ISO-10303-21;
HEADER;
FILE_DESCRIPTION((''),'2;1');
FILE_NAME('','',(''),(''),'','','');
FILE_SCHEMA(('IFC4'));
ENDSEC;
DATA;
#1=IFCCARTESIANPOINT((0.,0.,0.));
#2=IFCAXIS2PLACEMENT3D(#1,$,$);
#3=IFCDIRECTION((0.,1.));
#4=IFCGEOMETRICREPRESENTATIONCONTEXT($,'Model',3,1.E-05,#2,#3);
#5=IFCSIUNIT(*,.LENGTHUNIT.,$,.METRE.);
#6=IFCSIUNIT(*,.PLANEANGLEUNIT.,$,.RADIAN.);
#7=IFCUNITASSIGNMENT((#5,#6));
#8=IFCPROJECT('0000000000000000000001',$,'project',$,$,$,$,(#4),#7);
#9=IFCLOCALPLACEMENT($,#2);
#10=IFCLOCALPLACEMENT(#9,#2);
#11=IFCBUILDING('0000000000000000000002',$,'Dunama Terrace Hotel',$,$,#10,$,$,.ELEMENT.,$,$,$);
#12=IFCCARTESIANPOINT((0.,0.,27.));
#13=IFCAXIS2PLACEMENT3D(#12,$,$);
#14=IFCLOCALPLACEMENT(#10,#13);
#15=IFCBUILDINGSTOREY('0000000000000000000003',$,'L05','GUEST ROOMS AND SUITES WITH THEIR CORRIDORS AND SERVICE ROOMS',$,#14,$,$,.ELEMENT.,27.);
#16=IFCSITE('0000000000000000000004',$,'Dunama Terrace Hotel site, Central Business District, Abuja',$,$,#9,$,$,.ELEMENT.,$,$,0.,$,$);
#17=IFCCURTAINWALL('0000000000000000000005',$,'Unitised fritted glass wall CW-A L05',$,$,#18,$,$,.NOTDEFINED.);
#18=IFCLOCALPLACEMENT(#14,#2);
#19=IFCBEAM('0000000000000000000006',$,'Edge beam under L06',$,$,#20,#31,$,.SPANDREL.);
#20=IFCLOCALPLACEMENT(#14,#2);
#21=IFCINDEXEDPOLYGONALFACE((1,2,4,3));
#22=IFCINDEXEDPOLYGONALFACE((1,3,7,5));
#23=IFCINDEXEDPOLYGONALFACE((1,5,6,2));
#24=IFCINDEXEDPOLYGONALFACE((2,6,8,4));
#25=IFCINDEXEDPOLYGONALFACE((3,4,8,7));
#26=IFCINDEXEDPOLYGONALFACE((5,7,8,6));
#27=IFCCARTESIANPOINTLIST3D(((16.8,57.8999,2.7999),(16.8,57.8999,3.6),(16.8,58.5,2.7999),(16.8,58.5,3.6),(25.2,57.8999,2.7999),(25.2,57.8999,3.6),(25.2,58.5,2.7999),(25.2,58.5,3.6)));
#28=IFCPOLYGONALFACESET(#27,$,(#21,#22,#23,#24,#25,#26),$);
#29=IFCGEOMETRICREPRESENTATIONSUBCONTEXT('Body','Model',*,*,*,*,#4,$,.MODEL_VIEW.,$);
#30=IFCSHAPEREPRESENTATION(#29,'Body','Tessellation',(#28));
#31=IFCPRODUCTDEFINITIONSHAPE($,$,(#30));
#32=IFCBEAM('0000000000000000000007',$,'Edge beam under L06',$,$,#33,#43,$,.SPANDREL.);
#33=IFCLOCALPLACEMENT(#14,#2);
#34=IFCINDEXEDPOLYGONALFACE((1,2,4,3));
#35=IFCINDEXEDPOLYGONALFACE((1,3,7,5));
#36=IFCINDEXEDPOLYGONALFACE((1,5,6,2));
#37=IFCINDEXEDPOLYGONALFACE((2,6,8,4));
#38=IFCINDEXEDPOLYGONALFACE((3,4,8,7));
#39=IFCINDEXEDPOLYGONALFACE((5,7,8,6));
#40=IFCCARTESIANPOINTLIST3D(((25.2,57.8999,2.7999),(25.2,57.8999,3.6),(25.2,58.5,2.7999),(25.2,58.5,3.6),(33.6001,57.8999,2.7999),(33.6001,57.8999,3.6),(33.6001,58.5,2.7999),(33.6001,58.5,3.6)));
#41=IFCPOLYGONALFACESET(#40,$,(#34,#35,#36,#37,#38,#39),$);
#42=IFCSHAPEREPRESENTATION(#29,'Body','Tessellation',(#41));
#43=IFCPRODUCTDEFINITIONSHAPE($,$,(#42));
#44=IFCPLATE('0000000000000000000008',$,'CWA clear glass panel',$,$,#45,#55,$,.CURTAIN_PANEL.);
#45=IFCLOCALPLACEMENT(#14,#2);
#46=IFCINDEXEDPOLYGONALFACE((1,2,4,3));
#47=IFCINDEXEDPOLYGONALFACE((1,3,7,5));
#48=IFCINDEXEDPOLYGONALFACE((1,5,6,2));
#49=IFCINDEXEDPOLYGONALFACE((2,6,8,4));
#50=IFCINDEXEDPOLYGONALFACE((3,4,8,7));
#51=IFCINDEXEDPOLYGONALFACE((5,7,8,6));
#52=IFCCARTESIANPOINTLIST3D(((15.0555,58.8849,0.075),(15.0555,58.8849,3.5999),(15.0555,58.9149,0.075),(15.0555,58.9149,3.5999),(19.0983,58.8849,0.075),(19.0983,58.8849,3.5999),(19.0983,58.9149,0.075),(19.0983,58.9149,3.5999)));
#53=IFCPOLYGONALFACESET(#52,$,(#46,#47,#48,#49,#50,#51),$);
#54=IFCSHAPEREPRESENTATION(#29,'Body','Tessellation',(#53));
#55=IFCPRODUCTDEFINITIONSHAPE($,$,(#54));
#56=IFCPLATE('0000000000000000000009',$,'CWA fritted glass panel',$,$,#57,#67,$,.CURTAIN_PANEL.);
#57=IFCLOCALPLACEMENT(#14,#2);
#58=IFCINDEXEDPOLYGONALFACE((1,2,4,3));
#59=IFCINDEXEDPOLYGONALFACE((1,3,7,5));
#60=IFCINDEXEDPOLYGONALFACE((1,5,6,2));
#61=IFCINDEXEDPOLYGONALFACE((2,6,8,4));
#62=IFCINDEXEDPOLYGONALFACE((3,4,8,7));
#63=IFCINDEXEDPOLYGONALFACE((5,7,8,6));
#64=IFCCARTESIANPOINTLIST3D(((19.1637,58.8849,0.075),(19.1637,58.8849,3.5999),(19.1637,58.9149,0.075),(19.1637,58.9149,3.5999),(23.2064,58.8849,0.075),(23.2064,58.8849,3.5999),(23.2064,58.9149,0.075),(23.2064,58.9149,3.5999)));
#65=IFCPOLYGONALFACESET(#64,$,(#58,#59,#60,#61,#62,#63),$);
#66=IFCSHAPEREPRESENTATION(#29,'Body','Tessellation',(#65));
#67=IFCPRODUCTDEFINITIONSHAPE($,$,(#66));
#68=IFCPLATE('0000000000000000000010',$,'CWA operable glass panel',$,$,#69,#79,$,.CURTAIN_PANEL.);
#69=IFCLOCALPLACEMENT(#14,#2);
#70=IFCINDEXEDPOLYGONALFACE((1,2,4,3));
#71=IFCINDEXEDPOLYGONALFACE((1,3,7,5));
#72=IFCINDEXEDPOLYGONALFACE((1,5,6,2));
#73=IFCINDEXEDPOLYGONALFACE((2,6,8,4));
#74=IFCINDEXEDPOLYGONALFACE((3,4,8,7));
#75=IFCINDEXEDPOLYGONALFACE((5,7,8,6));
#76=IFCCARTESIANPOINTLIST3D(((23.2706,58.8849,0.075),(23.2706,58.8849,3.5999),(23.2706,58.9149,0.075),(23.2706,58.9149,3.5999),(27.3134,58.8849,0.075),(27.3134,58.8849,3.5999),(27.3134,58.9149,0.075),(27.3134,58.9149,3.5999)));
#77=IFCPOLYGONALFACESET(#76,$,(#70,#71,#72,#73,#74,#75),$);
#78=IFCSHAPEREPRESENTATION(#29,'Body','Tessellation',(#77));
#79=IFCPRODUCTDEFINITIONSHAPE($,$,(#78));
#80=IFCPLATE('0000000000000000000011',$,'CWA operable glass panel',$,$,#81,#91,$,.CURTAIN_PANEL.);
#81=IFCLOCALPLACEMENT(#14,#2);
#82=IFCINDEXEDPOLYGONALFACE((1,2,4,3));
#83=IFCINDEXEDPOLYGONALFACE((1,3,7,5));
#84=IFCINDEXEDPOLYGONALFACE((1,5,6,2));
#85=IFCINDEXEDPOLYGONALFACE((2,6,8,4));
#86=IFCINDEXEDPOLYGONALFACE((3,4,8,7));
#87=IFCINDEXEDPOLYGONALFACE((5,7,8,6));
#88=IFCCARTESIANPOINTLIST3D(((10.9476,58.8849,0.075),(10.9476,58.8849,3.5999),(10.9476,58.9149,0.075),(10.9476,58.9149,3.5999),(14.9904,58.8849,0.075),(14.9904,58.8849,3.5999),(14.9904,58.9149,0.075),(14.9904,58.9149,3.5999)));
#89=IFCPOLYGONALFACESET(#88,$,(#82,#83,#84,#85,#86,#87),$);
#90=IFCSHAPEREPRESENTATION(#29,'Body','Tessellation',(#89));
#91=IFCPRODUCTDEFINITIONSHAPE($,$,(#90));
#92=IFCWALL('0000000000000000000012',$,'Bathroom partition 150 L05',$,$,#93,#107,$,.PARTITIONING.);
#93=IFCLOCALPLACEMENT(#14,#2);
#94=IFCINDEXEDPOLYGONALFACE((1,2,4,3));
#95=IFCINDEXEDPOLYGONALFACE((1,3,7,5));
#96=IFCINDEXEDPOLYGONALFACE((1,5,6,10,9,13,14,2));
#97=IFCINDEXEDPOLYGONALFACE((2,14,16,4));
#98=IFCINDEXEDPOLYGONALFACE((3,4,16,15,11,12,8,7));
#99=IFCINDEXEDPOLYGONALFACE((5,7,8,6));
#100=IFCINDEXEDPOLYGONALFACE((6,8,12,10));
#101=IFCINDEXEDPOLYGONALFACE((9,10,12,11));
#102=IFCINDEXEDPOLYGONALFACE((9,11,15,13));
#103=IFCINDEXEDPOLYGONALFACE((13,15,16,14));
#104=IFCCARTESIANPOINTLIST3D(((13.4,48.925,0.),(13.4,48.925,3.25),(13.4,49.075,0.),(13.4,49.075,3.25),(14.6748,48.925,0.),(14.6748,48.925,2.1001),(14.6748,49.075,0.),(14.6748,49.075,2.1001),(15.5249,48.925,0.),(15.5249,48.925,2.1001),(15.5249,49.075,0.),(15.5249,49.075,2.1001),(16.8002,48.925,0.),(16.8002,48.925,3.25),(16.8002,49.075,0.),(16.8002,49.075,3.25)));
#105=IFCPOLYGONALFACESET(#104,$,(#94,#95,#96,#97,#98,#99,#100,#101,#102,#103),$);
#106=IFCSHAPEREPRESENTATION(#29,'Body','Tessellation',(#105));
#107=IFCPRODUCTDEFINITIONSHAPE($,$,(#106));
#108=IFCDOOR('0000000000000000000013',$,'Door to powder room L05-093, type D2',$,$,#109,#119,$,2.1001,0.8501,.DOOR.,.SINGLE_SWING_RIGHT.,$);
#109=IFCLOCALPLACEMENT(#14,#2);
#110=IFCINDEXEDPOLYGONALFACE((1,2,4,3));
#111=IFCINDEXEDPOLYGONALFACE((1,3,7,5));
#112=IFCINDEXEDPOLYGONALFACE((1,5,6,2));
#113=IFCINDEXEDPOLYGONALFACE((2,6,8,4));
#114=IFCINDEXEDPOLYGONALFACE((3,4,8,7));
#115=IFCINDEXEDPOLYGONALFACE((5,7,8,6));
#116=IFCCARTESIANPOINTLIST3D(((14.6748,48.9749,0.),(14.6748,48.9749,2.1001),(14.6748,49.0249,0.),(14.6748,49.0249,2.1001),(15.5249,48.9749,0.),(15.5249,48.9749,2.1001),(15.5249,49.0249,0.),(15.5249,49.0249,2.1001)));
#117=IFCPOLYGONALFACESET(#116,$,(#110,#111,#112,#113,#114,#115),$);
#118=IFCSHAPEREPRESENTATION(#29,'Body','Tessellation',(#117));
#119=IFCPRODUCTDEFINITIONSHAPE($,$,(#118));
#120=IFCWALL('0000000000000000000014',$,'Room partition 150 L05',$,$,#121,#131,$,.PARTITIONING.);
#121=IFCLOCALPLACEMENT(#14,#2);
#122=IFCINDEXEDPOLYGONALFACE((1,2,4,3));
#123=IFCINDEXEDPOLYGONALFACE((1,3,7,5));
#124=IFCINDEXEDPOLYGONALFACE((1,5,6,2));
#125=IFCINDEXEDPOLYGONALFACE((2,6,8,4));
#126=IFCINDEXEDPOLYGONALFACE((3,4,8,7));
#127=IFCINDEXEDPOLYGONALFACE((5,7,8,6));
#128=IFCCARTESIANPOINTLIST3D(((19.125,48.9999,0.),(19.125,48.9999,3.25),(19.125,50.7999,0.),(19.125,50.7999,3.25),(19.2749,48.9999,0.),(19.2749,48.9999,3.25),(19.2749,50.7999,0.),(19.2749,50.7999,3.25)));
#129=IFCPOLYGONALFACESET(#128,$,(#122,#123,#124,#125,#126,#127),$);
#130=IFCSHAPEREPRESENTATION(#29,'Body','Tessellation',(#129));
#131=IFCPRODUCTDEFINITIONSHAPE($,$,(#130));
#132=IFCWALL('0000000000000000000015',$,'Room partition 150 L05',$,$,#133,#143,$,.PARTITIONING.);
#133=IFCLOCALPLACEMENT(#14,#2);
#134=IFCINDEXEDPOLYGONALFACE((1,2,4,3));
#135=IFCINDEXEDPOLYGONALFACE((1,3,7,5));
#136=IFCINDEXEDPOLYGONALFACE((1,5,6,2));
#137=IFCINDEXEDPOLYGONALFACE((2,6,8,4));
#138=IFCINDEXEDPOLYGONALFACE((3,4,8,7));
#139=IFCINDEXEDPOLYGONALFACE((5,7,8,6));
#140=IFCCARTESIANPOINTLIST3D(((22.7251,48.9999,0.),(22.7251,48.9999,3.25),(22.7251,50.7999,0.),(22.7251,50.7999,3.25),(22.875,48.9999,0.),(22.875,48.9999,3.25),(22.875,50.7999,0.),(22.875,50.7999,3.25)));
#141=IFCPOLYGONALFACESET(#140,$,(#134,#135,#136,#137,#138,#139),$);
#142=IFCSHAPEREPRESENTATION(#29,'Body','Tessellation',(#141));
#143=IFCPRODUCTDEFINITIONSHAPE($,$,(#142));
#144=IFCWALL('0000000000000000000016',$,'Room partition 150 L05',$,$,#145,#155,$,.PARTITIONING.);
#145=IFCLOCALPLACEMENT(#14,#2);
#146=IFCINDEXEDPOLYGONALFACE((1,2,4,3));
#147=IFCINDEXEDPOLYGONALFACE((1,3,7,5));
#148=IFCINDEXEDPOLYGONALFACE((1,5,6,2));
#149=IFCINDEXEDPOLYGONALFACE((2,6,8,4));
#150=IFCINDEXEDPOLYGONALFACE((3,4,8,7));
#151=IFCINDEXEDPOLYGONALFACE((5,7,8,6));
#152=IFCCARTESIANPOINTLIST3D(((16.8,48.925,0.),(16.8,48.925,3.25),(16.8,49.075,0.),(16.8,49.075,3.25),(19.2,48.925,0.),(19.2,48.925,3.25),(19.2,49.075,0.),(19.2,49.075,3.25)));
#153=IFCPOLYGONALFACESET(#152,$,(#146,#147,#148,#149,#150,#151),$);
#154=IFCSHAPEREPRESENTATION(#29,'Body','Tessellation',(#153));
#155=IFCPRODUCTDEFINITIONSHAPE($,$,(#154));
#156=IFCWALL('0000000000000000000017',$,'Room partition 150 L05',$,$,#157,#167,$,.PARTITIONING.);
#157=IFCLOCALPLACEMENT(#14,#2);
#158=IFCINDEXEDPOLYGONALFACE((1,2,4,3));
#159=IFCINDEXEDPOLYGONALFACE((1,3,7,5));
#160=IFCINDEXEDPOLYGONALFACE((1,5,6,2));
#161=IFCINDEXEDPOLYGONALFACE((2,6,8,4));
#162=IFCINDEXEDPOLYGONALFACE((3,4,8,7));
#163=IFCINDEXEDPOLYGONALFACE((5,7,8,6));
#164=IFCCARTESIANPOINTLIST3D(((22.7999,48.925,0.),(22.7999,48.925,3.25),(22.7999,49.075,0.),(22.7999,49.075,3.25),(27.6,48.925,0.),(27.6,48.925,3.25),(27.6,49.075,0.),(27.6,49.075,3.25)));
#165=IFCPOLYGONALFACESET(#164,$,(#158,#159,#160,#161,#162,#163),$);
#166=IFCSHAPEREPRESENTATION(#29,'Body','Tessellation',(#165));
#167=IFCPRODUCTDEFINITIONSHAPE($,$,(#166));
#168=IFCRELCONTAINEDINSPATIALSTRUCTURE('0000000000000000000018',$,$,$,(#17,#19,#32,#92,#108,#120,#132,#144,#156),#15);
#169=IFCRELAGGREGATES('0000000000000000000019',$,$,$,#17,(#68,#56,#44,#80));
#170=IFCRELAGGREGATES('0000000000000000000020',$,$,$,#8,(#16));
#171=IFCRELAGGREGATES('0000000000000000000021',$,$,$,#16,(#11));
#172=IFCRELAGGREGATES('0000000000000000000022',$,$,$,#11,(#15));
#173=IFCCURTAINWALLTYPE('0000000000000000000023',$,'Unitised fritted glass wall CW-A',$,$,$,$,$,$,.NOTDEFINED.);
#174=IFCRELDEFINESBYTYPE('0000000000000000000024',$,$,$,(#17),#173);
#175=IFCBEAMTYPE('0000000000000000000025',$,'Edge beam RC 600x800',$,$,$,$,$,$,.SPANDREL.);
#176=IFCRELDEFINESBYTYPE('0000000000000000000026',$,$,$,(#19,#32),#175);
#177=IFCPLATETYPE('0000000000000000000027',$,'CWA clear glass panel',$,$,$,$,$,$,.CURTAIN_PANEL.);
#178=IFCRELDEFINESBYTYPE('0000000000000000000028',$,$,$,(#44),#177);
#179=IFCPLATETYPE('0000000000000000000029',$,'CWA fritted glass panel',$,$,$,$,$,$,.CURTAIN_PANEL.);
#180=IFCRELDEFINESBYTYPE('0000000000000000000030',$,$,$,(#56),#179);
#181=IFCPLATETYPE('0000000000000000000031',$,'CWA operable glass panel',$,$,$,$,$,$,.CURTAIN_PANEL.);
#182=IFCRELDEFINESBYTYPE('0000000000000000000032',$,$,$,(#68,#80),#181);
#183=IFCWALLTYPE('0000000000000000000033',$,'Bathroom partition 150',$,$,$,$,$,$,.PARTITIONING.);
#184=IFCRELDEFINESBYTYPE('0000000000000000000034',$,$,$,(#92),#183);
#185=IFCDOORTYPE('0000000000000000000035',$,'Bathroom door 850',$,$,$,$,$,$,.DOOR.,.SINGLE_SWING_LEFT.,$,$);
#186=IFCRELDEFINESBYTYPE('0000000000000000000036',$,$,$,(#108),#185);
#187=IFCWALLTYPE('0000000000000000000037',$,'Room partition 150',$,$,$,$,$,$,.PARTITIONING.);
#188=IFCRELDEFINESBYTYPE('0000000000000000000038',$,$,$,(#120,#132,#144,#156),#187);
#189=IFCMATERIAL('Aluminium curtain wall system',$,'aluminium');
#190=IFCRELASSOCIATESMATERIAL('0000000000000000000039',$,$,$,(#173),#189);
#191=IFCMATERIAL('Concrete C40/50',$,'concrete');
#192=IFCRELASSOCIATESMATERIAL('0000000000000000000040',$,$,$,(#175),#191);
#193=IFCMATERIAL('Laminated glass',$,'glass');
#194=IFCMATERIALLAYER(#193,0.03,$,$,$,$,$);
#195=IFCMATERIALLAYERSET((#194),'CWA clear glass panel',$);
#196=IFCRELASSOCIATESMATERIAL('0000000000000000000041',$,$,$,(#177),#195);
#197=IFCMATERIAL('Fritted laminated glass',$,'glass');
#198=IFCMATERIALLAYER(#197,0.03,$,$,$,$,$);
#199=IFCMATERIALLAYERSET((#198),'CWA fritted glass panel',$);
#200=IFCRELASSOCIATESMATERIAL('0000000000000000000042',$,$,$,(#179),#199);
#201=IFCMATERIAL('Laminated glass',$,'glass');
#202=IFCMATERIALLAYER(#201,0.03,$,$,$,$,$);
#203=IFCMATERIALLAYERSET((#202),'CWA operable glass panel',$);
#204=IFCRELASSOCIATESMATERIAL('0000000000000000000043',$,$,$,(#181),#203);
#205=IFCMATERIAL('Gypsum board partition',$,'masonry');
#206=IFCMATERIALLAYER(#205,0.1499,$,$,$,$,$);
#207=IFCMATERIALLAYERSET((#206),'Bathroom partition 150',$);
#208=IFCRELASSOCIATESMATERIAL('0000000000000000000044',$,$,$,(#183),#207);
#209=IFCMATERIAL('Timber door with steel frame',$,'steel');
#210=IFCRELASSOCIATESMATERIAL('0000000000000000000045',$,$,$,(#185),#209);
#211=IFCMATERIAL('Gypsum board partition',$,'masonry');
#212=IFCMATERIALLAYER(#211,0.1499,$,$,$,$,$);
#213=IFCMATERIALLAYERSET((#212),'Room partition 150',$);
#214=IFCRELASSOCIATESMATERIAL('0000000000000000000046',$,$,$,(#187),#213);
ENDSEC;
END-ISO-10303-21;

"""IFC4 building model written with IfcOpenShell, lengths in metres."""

from ifc_helpers import new_model, si_unit, direction, frame, frame_2d, origin, origin_2d, place, context, subcontext, project, spatial, rectangle, extrude, material, layer, layer_set, material_profile, profile_set, type_object, element, fill, aggregate, save


model = new_model("IFC4")

# Units and contexts
model_context = context("Model", 3, precision=1e-05, world=origin(), true_north=direction((0.0, 1.0)))
body_context = subcontext(model_context, "Body", "Model", "MODEL_VIEW")
ifc_project = project(units=[si_unit("LENGTHUNIT", "METRE"), si_unit("PLANEANGLEUNIT", "RADIAN")], contexts=[model_context])

# Site, building, storey
site_placement = place(None, origin())
site = spatial("IfcSite", under=ifc_project, at=site_placement, Name="Dunama Terrace Hotel site, Central Business District, Abuja", CompositionType="ELEMENT", RefElevation=0.0)
building_placement = place(site_placement, origin())
building = spatial("IfcBuilding", under=site, at=building_placement, Name="Dunama Terrace Hotel", CompositionType="ELEMENT")
storey_placement = place(building_placement, frame((0.0, 0.0, 27.0)))
storey = spatial("IfcBuildingStorey", under=building, at=storey_placement, Name="L05", Description="GUEST ROOMS AND SUITES WITH THEIR CORRIDORS AND SERVICE ROOMS", CompositionType="ELEMENT", Elevation=27.0)

# Curtain wall
ifc_material_1 = material(Name="Aluminium curtain wall system", Category="aluminium")
curtain_wall_type = type_object("IfcCurtainWallType", Name="Unitised fritted glass wall CW-A", PredefinedType="NOTDEFINED", material=ifc_material_1)
curtain_wall_placement = place(storey_placement, origin())
curtain_wall = element("IfcCurtainWall", 1, at=curtain_wall_placement, inside=storey, type_object=curtain_wall_type, Name="Unitised fritted glass wall CW-A L05", PredefinedType="NOTDEFINED")

# Beams
ifc_material_2 = material(Name="Concrete C40/50", Category="concrete")
ifc_material_profile_1 = material_profile(ifc_material_2, rectangle(XDim=0.6001, YDim=0.8, at=origin_2d()), Name="RC 600x800")
ifc_profile_set_1 = profile_set([ifc_material_profile_1], Name="Concrete C40/50")
beam_type = type_object("IfcBeamType", Name="Edge beam RC 600x800", PredefinedType="SPANDREL", material=ifc_profile_set_1)
beam_1_placement = place(storey_placement, frame((16.8, 58.2, 3.2), z_axis=(1.0, 0.0, 0.0), x_axis=(0.0, 1.0, 0.0)))
element("IfcBeam", 2, at=beam_1_placement, inside=storey, type_object=beam_type, Name="Edge beam under L06", PredefinedType="SPANDREL", context=body_context, shape_type="SweptSolid", body=[
    extrude(rectangle(XDim=0.6001, YDim=0.8, at=origin_2d()), origin(), (0.0, 0.0, 1.0), 8.3999),
])
beam_2_placement = place(storey_placement, frame((25.2, 58.2, 3.2), z_axis=(1.0, 0.0, 0.0), x_axis=(0.0, 1.0, 0.0)))
element("IfcBeam", 3, at=beam_2_placement, inside=storey, type_object=beam_type, Name="Edge beam under L06", PredefinedType="SPANDREL", context=body_context, shape_type="SweptSolid", body=[
    extrude(rectangle(XDim=0.6001, YDim=0.8, at=origin_2d()), origin(), (0.0, 0.0, 1.0), 8.4001),
])

# Plates
ifc_material_3 = material(Name="Laminated glass", Category="glass")
ifc_layer_1 = layer(ifc_material_3, 0.03)
ifc_layer_set_1 = layer_set([ifc_layer_1], Name="CWA clear glass panel")
plate_type_1 = type_object("IfcPlateType", Name="CWA clear glass panel", PredefinedType="CURTAIN_PANEL", material=ifc_layer_set_1)
plate_1_placement = place(storey_placement, frame((17.0769, 58.8999, 0.075), z_axis=(0.0, 0.0, 1.0), x_axis=(-1.0, 0.0, 0.0)))
plate_1 = element("IfcPlate", 4, at=plate_1_placement, type_object=plate_type_1, Name="CWA clear glass panel", PredefinedType="CURTAIN_PANEL", context=body_context, shape_type="SweptSolid", body=[
    extrude(rectangle(XDim=4.0427, YDim=0.03, at=origin_2d()), origin(), (0.0, 0.0, 1.0), 3.5249),
])
ifc_material_4 = material(Name="Fritted laminated glass", Category="glass")
ifc_layer_2 = layer(ifc_material_4, 0.03)
ifc_layer_set_2 = layer_set([ifc_layer_2], Name="CWA fritted glass panel")
plate_type_2 = type_object("IfcPlateType", Name="CWA fritted glass panel", PredefinedType="CURTAIN_PANEL", material=ifc_layer_set_2)
plate_2_placement = place(storey_placement, frame((21.1851, 58.8999, 0.075), z_axis=(0.0, 0.0, 1.0), x_axis=(-1.0, 0.0, 0.0)))
plate_2 = element("IfcPlate", 5, at=plate_2_placement, type_object=plate_type_2, Name="CWA fritted glass panel", PredefinedType="CURTAIN_PANEL", context=body_context, shape_type="SweptSolid", body=[
    extrude(rectangle(XDim=4.0427, YDim=0.03, at=origin_2d()), origin(), (0.0, 0.0, 1.0), 3.5249),
])
ifc_material_5 = material(Name="Laminated glass", Category="glass")
ifc_layer_3 = layer(ifc_material_5, 0.03)
ifc_layer_set_3 = layer_set([ifc_layer_3], Name="CWA operable glass panel")
plate_type_3 = type_object("IfcPlateType", Name="CWA operable glass panel", PredefinedType="CURTAIN_PANEL", material=ifc_layer_set_3)
plate_3_placement = place(storey_placement, frame((25.292, 58.8999, 0.075), z_axis=(0.0, 0.0, 1.0), x_axis=(-1.0, 0.0, 0.0)))
plate_3 = element("IfcPlate", 6, at=plate_3_placement, type_object=plate_type_3, Name="CWA operable glass panel", PredefinedType="CURTAIN_PANEL", context=body_context, shape_type="SweptSolid", body=[
    extrude(rectangle(XDim=4.0427, YDim=0.03, at=origin_2d()), origin(), (0.0, 0.0, 1.0), 3.5249),
])
plate_4_placement = place(storey_placement, frame((12.969, 58.8999, 0.075), z_axis=(0.0, 0.0, 1.0), x_axis=(-1.0, 0.0, 0.0)))
plate_4 = element("IfcPlate", 7, at=plate_4_placement, type_object=plate_type_3, Name="CWA operable glass panel", PredefinedType="CURTAIN_PANEL", context=body_context, shape_type="SweptSolid", body=[
    extrude(rectangle(XDim=4.0427, YDim=0.03, at=origin_2d()), origin(), (0.0, 0.0, 1.0), 3.5249),
])
aggregate(curtain_wall, [plate_3, plate_2, plate_1, plate_4])

# Wall, opening, door
ifc_material_6 = material(Name="Gypsum board partition", Category="masonry")
ifc_layer_4 = layer(ifc_material_6, 0.1499)
ifc_layer_set_4 = layer_set([ifc_layer_4], Name="Bathroom partition 150")
wall_type_1 = type_object("IfcWallType", Name="Bathroom partition 150", PredefinedType="PARTITIONING", material=ifc_layer_set_4)
wall_1_placement = place(storey_placement, frame((13.3999, 49.0, 0.0), z_axis=(0.0, 0.0, 1.0), x_axis=(1.0, 0.0, 0.0)))
wall_1 = element("IfcWall", 8, at=wall_1_placement, inside=storey, type_object=wall_type_1, Name="Bathroom partition 150 L05", PredefinedType="PARTITIONING", context=body_context, shape_type="SweptSolid", body=[
    extrude(rectangle(XDim=3.4001, YDim=0.1499, at=frame_2d((1.7002, 0.0))), origin(), (0.0, 0.0, 1.0), 3.25),
])
opening_1_placement = place(wall_1_placement, frame((1.2749, 0.0, 0.0)))
opening_1 = element("IfcOpeningElement", 9, at=opening_1_placement, cuts=wall_1, PredefinedType="OPENING", context=body_context, shape_type="SweptSolid", body=[
    extrude(rectangle(XDim=0.8501, YDim=2.1001, at=frame_2d((0.425, 1.05))), frame((0.0, 0.085, 0.0), z_axis=(0.0, -1.0, 0.0), x_axis=(1.0, 0.0, 0.0)), (0.0, 0.0, 1.0), 0.1699),
])
ifc_material_7 = material(Name="Timber door with steel frame", Category="steel")
door_type_1 = type_object("IfcDoorType", Name="Bathroom door 850", OperationType="SINGLE_SWING_LEFT", PredefinedType="DOOR", material=ifc_material_7)
door_1_placement = place(opening_1_placement, frame((0.8501, 0.0, 0.0), z_axis=(0.0, 0.0, 1.0), x_axis=(-1.0, 0.0, 0.0)))
door_1 = element("IfcDoor", 10, at=door_1_placement, inside=storey, type_object=door_type_1, Name="Door to powder room L05-093, type D2", OperationType="SINGLE_SWING_RIGHT", OverallHeight=2.1001, OverallWidth=0.8501, PredefinedType="DOOR", context=body_context, shape_type="SweptSolid", body=[
    extrude(rectangle(XDim=0.8501, YDim=2.1001, at=frame_2d((0.425, 1.05))), frame((0.0, 0.0251, 0.0), z_axis=(0.0, -1.0, 0.0), x_axis=(1.0, 0.0, 0.0)), (0.0, 0.0, 1.0), 0.05),
])
fill(opening_1, door_1)

# Walls
ifc_material_8 = material(Name="Gypsum board partition", Category="masonry")
ifc_layer_5 = layer(ifc_material_8, 0.1499)
ifc_layer_set_5 = layer_set([ifc_layer_5], Name="Room partition 150")
wall_type_2 = type_object("IfcWallType", Name="Room partition 150", PredefinedType="PARTITIONING", material=ifc_layer_set_5)
for number, where, z_axis, x_axis, name in (
    (11, (19.2, 49.0, 0.0), (0.0, 0.0, 1.0), (0.0, 1.0, 0.0), "Room partition 150 L05"),
    (12, (22.8, 49.0, 0.0), (0.0, 0.0, 1.0), (0.0, 1.0, 0.0), "Room partition 150 L05"),
):
    element("IfcWall", number, at=place(storey_placement, frame(where, z_axis=z_axis, x_axis=x_axis)), inside=storey, type_object=wall_type_2, Name=name, PredefinedType="PARTITIONING", context=body_context, shape_type="SweptSolid", body=[
        extrude(rectangle(XDim=1.8, YDim=0.1499, at=frame_2d((0.8999, 0.0))), origin(), (0.0, 0.0, 1.0), 3.25),
    ])
wall_2_placement = place(storey_placement, frame((16.8, 49.0, 0.0), z_axis=(0.0, 0.0, 1.0), x_axis=(1.0, 0.0, 0.0)))
element("IfcWall", 13, at=wall_2_placement, inside=storey, type_object=wall_type_2, Name="Room partition 150 L05", PredefinedType="PARTITIONING", context=body_context, shape_type="SweptSolid", body=[
    extrude(rectangle(XDim=2.3999, YDim=0.1499, at=frame_2d((1.2, 0.0))), origin(), (0.0, 0.0, 1.0), 3.25),
])
wall_3_placement = place(storey_placement, frame((22.8, 49.0, 0.0), z_axis=(0.0, 0.0, 1.0), x_axis=(1.0, 0.0, 0.0)))
element("IfcWall", 14, at=wall_3_placement, inside=storey, type_object=wall_type_2, Name="Room partition 150 L05", PredefinedType="PARTITIONING", context=body_context, shape_type="SweptSolid", body=[
    extrude(rectangle(XDim=4.8, YDim=0.1499, at=frame_2d((2.3999, 0.0))), origin(), (0.0, 0.0, 1.0), 3.25),
])

save(model, "model.ifc")
